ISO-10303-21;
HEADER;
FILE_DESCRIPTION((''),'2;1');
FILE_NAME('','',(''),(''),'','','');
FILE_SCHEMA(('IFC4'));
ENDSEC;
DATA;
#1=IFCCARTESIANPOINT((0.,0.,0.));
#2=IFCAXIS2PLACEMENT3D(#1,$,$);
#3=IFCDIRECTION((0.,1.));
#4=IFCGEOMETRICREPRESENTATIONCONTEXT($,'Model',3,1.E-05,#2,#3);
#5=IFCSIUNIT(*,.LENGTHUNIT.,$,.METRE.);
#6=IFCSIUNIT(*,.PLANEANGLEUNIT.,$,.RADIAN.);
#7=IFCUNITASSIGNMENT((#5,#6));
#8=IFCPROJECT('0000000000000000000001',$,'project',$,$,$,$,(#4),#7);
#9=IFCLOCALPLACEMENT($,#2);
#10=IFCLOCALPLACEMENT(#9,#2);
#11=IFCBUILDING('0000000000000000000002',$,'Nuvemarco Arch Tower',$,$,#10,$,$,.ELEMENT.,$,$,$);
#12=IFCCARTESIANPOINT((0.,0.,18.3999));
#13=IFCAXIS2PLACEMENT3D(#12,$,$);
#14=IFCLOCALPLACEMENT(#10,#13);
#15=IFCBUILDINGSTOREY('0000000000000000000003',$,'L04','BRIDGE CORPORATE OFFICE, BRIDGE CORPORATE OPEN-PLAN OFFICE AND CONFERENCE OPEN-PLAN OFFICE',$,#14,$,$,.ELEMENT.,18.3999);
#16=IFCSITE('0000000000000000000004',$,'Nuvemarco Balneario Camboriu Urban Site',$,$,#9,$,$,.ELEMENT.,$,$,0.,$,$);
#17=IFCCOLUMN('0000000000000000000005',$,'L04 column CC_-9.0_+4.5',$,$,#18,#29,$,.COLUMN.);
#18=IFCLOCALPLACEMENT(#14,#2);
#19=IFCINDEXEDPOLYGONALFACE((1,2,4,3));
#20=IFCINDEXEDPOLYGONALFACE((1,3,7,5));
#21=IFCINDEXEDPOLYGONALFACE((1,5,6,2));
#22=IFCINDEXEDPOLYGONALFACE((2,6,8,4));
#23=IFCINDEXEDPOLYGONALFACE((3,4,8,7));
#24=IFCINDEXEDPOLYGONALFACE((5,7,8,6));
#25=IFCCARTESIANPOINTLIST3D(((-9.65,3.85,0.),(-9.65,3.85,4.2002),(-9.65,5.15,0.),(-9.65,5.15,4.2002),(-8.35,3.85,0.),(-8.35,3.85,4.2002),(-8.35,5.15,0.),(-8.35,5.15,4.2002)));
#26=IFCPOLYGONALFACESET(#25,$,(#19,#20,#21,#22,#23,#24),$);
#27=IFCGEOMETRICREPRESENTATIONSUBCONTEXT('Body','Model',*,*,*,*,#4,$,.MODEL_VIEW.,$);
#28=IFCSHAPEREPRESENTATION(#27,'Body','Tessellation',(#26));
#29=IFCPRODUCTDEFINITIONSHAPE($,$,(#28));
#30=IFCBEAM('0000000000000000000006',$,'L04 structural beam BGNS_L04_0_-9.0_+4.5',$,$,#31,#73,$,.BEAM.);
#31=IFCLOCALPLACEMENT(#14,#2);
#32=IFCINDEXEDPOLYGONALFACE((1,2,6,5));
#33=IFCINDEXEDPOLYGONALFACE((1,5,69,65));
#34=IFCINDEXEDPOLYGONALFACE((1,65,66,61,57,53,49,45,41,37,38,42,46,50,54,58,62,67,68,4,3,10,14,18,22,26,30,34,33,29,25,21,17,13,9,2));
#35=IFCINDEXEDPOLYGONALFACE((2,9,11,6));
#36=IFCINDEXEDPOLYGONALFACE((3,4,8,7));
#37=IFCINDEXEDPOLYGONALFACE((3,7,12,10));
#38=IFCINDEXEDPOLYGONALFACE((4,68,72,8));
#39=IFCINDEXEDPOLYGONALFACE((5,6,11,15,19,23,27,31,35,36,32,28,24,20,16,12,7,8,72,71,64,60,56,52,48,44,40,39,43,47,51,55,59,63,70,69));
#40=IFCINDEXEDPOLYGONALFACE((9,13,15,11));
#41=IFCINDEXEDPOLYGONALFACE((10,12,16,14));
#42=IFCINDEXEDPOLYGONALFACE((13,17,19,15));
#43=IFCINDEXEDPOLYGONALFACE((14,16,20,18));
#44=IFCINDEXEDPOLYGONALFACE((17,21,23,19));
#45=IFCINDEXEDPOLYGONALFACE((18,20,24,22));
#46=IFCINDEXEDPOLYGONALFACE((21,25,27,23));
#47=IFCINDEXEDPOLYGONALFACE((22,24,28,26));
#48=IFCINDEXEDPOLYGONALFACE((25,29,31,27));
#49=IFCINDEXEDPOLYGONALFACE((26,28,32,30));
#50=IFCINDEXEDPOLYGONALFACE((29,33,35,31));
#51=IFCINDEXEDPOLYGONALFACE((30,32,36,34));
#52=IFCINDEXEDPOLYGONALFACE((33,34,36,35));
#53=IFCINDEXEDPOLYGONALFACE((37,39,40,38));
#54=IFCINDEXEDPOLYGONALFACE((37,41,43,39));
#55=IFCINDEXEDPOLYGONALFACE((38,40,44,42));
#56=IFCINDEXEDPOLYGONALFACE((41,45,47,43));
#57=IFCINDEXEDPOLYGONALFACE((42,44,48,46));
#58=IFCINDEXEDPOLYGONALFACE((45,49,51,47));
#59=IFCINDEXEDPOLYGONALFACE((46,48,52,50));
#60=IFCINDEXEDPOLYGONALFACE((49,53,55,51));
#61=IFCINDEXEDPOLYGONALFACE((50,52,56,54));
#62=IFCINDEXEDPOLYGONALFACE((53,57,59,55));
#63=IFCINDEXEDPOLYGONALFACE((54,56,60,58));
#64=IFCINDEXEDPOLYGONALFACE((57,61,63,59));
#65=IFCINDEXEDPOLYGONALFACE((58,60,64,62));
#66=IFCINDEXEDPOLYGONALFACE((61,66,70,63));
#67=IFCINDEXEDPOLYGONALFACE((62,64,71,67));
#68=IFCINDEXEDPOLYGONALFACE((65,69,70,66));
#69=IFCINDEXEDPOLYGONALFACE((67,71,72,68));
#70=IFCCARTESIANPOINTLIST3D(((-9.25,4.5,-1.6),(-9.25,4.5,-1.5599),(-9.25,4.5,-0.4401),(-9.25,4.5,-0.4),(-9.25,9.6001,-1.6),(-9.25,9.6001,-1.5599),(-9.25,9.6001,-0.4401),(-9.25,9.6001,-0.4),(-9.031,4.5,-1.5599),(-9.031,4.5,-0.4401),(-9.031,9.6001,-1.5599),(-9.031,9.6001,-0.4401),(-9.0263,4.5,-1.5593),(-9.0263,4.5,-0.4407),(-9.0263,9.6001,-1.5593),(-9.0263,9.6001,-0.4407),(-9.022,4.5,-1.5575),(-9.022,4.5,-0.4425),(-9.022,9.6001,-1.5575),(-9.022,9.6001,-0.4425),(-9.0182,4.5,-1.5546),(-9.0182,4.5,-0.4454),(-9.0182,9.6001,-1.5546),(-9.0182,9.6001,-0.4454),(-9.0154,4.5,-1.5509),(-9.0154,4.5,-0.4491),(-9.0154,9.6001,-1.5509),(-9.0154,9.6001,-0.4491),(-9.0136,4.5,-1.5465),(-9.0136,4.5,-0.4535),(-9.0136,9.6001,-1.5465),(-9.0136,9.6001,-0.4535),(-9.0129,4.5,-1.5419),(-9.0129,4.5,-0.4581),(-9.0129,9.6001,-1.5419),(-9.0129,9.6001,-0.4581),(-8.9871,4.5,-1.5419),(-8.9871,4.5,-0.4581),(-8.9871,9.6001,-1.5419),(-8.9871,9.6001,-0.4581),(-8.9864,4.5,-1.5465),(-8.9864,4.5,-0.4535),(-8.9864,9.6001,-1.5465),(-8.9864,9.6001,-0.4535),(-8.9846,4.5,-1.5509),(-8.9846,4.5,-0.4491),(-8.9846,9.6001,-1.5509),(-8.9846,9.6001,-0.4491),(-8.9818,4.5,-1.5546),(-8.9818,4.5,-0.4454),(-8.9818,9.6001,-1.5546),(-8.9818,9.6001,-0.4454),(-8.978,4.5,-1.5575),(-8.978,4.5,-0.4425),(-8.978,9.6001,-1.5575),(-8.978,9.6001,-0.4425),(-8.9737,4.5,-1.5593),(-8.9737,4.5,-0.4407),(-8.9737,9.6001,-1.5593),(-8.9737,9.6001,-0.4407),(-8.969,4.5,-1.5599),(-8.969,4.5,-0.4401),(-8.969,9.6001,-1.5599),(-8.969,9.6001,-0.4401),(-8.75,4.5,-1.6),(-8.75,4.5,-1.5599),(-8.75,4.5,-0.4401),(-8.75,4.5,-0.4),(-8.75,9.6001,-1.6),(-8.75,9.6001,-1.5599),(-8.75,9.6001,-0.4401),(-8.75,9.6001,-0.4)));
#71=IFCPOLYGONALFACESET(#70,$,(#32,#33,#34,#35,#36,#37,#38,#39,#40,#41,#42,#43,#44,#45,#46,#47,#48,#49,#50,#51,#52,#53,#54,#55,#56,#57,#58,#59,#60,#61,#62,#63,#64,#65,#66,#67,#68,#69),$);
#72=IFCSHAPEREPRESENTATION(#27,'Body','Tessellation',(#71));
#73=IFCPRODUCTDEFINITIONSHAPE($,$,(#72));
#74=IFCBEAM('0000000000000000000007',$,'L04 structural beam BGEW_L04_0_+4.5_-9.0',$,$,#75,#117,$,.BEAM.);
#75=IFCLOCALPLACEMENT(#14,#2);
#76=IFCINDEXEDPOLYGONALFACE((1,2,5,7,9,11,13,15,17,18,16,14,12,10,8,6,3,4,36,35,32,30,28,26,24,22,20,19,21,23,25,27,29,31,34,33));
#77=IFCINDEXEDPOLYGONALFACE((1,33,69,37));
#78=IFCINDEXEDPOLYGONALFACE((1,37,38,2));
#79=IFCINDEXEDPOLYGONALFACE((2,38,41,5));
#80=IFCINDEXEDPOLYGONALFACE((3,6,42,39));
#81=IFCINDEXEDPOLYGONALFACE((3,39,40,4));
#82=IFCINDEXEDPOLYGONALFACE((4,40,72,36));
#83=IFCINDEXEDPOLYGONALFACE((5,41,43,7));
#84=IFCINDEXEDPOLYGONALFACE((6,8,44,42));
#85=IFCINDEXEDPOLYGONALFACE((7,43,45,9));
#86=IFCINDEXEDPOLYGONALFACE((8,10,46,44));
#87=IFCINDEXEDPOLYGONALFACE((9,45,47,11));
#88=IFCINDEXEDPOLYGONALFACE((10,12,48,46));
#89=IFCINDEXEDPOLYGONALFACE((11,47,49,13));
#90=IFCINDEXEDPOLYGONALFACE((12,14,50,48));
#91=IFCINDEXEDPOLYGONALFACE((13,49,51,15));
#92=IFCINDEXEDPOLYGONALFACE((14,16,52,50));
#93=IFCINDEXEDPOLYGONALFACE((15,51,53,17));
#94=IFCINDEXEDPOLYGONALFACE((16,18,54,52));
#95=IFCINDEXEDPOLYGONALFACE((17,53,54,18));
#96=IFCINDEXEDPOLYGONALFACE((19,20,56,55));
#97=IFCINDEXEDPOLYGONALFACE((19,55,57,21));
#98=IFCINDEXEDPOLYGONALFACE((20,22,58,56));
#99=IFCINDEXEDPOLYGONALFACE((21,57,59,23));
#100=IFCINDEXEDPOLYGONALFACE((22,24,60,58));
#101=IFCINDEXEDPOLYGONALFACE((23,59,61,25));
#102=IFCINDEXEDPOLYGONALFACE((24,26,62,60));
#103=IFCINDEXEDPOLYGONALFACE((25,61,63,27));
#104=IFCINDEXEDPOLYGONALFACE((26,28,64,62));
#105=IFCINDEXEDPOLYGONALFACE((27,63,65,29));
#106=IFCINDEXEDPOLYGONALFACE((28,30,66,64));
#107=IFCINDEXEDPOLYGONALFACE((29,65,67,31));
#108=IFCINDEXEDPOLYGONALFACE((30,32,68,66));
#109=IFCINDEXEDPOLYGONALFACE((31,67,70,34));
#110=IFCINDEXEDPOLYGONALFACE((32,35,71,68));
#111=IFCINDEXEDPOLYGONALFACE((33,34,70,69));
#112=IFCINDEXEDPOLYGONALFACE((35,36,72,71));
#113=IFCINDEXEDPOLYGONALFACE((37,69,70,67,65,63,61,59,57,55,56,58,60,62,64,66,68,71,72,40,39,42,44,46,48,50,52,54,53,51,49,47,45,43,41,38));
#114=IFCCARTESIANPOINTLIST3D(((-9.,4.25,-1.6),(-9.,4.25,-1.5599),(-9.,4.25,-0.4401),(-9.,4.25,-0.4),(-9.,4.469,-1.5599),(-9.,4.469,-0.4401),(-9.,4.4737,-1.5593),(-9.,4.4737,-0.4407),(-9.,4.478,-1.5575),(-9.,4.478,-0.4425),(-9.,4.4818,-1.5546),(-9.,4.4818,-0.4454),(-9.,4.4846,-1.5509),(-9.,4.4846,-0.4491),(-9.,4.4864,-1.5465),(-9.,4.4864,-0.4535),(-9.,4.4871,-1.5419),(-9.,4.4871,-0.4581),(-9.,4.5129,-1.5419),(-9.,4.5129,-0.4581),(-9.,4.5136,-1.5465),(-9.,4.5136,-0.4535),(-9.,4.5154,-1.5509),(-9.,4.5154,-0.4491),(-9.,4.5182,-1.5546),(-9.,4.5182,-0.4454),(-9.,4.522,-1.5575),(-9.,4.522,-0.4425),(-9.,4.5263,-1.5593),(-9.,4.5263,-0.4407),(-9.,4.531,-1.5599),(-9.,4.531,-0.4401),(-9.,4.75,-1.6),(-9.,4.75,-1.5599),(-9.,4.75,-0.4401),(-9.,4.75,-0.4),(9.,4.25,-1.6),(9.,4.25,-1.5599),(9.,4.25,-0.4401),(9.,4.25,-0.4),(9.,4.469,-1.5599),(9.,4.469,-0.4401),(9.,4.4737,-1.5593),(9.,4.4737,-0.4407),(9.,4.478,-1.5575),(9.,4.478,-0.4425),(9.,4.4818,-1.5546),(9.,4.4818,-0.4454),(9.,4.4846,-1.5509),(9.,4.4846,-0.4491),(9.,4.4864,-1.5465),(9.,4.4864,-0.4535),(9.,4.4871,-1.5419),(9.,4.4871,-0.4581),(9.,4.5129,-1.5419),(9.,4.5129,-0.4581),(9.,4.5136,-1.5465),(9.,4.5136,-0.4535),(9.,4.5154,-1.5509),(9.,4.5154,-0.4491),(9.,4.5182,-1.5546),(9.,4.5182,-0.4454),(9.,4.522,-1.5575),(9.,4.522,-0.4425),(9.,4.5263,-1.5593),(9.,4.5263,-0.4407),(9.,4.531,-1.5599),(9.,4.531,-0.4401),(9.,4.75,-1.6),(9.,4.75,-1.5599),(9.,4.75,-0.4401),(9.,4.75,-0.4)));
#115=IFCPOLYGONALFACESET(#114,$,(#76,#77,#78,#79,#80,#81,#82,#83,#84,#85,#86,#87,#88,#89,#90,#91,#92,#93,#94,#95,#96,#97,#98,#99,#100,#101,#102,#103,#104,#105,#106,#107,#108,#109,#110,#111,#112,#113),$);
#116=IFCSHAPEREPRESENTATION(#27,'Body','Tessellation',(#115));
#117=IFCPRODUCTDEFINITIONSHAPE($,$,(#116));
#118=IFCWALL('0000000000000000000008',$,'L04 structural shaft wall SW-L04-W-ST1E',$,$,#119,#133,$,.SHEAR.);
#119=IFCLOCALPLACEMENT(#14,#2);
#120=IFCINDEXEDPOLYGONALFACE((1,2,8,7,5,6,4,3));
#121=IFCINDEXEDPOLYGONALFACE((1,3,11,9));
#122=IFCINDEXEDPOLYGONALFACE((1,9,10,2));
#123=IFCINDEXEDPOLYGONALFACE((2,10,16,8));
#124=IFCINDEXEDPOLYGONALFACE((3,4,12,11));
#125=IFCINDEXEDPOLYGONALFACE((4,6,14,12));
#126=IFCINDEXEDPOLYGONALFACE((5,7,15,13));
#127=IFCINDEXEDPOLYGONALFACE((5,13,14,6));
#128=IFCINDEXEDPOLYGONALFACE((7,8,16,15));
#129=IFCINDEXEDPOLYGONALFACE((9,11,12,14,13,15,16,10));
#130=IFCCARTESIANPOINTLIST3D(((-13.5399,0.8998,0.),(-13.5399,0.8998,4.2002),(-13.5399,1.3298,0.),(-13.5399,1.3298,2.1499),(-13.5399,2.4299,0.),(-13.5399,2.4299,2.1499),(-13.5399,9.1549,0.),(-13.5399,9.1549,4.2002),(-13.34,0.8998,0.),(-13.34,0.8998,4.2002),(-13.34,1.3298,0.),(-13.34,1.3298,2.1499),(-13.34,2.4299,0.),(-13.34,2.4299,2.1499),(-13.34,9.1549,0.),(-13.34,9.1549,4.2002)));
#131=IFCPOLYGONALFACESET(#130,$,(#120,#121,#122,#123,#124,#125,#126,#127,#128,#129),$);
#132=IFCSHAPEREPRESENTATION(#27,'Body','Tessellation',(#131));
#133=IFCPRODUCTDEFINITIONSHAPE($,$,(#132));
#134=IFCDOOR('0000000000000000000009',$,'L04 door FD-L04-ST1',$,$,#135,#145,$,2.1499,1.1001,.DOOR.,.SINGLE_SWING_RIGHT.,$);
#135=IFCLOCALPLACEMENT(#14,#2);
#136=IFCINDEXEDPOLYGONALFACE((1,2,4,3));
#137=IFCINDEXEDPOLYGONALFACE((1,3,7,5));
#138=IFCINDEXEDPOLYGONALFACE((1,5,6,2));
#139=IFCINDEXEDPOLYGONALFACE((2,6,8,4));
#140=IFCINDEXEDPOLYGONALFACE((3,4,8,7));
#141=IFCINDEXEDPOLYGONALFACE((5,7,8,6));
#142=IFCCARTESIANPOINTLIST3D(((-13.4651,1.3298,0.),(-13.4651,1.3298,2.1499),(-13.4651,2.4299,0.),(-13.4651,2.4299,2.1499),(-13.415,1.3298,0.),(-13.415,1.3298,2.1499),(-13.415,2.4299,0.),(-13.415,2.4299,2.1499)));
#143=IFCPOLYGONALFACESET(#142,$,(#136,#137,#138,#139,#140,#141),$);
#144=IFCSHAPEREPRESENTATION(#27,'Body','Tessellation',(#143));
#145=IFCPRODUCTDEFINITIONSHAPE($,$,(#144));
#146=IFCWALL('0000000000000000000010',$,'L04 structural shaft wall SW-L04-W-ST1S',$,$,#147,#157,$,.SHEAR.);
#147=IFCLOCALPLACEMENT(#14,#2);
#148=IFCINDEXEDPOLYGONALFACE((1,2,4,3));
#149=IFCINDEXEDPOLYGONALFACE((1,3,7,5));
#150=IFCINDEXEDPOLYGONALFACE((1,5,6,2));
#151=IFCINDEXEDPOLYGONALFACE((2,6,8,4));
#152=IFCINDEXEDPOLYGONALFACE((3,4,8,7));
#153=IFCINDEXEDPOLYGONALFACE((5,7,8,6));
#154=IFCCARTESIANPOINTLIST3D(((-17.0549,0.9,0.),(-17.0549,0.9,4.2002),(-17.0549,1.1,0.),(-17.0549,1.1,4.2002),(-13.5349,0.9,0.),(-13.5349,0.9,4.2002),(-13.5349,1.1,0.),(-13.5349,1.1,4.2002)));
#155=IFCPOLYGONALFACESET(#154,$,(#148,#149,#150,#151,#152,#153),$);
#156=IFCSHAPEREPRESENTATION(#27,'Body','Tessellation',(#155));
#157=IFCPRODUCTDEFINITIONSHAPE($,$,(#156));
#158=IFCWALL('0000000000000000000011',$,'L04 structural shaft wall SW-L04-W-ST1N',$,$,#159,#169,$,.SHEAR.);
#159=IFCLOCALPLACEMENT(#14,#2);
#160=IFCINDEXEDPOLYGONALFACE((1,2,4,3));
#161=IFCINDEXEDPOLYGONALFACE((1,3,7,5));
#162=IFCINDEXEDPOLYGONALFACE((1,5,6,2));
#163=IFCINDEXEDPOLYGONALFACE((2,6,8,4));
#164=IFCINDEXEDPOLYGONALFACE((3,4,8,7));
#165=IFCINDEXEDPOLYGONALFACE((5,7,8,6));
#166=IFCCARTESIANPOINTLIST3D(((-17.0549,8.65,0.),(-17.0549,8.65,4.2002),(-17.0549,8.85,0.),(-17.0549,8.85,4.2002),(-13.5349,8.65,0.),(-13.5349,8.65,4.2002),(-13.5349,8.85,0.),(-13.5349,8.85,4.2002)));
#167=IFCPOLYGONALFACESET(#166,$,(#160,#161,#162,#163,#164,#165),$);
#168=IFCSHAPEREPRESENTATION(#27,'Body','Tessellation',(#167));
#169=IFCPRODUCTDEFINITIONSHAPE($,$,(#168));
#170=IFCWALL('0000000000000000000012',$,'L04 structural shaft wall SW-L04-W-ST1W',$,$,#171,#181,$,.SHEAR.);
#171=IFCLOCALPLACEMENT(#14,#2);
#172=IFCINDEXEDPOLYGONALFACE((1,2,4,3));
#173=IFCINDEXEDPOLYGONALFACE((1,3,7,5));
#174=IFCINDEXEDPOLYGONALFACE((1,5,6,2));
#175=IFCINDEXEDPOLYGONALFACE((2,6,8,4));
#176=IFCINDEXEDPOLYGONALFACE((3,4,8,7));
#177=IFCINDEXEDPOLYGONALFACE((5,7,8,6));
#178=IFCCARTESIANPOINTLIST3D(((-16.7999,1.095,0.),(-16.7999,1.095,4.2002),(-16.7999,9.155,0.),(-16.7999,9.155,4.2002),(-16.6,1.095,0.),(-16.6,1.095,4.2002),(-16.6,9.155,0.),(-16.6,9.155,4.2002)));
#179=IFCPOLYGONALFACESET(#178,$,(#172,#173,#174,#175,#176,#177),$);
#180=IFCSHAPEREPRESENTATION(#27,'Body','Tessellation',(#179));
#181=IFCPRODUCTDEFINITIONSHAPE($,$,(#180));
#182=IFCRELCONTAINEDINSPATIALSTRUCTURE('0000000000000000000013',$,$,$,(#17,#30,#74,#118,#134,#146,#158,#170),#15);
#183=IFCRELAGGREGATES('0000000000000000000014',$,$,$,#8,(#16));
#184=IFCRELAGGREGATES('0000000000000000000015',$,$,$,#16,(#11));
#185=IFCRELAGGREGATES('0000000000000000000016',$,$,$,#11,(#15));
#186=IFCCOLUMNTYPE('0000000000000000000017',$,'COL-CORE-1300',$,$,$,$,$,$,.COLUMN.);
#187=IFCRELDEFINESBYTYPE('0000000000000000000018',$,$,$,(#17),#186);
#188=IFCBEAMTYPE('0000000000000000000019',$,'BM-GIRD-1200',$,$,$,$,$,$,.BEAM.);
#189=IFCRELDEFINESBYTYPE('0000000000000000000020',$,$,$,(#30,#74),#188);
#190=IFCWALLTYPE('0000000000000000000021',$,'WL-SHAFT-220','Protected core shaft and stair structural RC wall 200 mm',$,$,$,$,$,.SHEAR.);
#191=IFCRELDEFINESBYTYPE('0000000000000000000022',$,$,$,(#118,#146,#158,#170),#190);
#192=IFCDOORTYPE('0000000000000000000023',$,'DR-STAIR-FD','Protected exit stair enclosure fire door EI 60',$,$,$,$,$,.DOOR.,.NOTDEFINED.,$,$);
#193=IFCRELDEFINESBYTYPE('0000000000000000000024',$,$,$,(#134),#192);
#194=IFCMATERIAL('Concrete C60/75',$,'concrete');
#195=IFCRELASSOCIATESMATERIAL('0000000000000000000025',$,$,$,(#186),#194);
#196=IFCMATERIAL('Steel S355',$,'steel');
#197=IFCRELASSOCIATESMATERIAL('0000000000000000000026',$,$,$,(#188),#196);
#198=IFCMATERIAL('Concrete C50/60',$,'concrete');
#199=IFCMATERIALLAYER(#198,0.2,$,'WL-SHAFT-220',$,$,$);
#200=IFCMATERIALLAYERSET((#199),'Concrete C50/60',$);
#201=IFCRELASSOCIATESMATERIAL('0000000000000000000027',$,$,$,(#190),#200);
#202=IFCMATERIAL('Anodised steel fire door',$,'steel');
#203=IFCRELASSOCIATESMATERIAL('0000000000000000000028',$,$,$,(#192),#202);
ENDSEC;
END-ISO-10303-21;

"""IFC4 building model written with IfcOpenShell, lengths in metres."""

from ifc_helpers import new_model, si_unit, direction, frame, frame_2d, origin, origin_2d, place, context, subcontext, project, spatial, rectangle, i_section, extrude, source, transform, mapped, material, layer, layer_set, material_profile, profile_set, type_object, type_shapes, element, fill, save


model = new_model("IFC4")

# Units and contexts
model_context = context("Model", 3, precision=1e-05, world=origin(), true_north=direction((0.0, 1.0)))
body_context = subcontext(model_context, "Body", "Model", "MODEL_VIEW")
ifc_project = project(units=[si_unit("LENGTHUNIT", "METRE"), si_unit("PLANEANGLEUNIT", "RADIAN")], contexts=[model_context])

# Site, building, storey
site_placement = place(None, origin())
site = spatial("IfcSite", under=ifc_project, at=site_placement, Name="Nuvemarco Balneario Camboriu Urban Site", CompositionType="ELEMENT", RefElevation=0.0)
building_placement = place(site_placement, origin())
building = spatial("IfcBuilding", under=site, at=building_placement, Name="Nuvemarco Arch Tower", CompositionType="ELEMENT")
storey_placement = place(building_placement, frame((0.0, 0.0, 18.3999)))
storey = spatial("IfcBuildingStorey", under=building, at=storey_placement, Name="L04", Description="BRIDGE CORPORATE OFFICE, BRIDGE CORPORATE OPEN-PLAN OFFICE AND CONFERENCE OPEN-PLAN OFFICE", CompositionType="ELEMENT", Elevation=18.3999)

# Column
ifc_material_1 = material(Name="Concrete C60/75", Category="concrete")
ifc_material_profile_1 = material_profile(ifc_material_1, rectangle(XDim=1.3, YDim=1.3, at=origin_2d()), Name="RC-COL-1300x1300")
ifc_profile_set_1 = profile_set([ifc_material_profile_1], Name="Concrete C60/75")
column_type = type_object("IfcColumnType", Name="COL-CORE-1300", PredefinedType="COLUMN", material=ifc_profile_set_1)
column_placement = place(storey_placement, frame((-9.0, 4.5, 0.0), z_axis=(0.0, 0.0, 1.0), x_axis=(1.0, 0.0, 0.0)))
element("IfcColumn", 1, at=column_placement, inside=storey, type_object=column_type, Name="L04 column CC_-9.0_+4.5", PredefinedType="COLUMN", context=body_context, shape_type="SweptSolid", body=[
    extrude(rectangle(XDim=1.3, YDim=1.3, at=origin_2d()), origin(), (0.0, 0.0, 1.0), 4.2002),
])

# Beams
ifc_material_2 = material(Name="Steel S355", Category="steel")
ifc_material_profile_2 = material_profile(ifc_material_2, i_section(OverallWidth=0.5, OverallDepth=1.2, WebThickness=0.0259, FlangeThickness=0.04, FilletRadius=0.0181, at=origin_2d()), Name="PG1200x500")
ifc_profile_set_2 = profile_set([ifc_material_profile_2], Name="Steel S355")
beam_type = type_object("IfcBeamType", Name="BM-GIRD-1200", PredefinedType="BEAM", material=ifc_profile_set_2)
beam_1_placement = place(storey_placement, frame((-9.0, 4.5, -1.0), z_axis=(0.0, 1.0, 0.0), x_axis=(-1.0, 0.0, 0.0)))
element("IfcBeam", 2, at=beam_1_placement, inside=storey, type_object=beam_type, Name="L04 structural beam BGNS_L04_0_-9.0_+4.5", PredefinedType="BEAM", context=body_context, shape_type="SweptSolid", body=[
    extrude(i_section(OverallWidth=0.5, OverallDepth=1.2, WebThickness=0.0259, FlangeThickness=0.04, FilletRadius=0.0181, at=origin_2d()), origin(), (0.0, 0.0, 1.0), 5.1001),
])
beam_2_placement = place(storey_placement, frame((-9.0, 4.5, -1.0), z_axis=(1.0, 0.0, 0.0), x_axis=(0.0, 1.0, 0.0)))
element("IfcBeam", 3, at=beam_2_placement, inside=storey, type_object=beam_type, Name="L04 structural beam BGEW_L04_0_+4.5_-9.0", PredefinedType="BEAM", context=body_context, shape_type="SweptSolid", body=[
    extrude(i_section(OverallWidth=0.5, OverallDepth=1.2, WebThickness=0.0259, FlangeThickness=0.04, FilletRadius=0.0181, at=origin_2d()), origin(), (0.0, 0.0, 1.0), 18.0),
])

# Wall, opening, door
ifc_material_3 = material(Name="Concrete C50/60", Category="concrete")
ifc_layer = layer(ifc_material_3, 0.2, Name="WL-SHAFT-220")
ifc_layer_set = layer_set([ifc_layer], Name="Concrete C50/60")
wall_type = type_object("IfcWallType", Name="WL-SHAFT-220", Description="Protected core shaft and stair structural RC wall 200 mm", PredefinedType="SHEAR", material=ifc_layer_set)
wall_1_placement = place(storey_placement, frame((-13.4399, 0.8999, 0.0), z_axis=(0.0, 0.0, 1.0), x_axis=(0.0, 1.0, 0.0)))
wall_1 = element("IfcWall", 4, at=wall_1_placement, inside=storey, type_object=wall_type, Name="L04 structural shaft wall SW-L04-W-ST1E", PredefinedType="SHEAR", context=body_context, shape_type="SweptSolid", body=[
    extrude(rectangle(XDim=8.2551, YDim=0.2, at=frame_2d((4.1274, 0.0))), origin(), (0.0, 0.0, 1.0), 4.2002),
])
opening_placement = place(wall_1_placement, frame((1.53, 0.0, 0.0), z_axis=(0.0, 0.0, 1.0), x_axis=(-1.0, 0.0, 0.0)))
opening = element("IfcOpeningElement", 5, at=opening_placement, cuts=wall_1, PredefinedType="OPENING", context=body_context, shape_type="SweptSolid", body=[
    extrude(rectangle(XDim=1.1001, YDim=2.1499, at=frame_2d((0.55, 1.075))), frame((0.0, 0.1099, 0.0), z_axis=(0.0, -1.0, 0.0), x_axis=(1.0, 0.0, 0.0)), (0.0, 0.0, 1.0), 0.22),
])
ifc_material_4 = material(Name="Anodised steel fire door", Category="steel")
door_type = type_object("IfcDoorType", Name="DR-STAIR-FD", Description="Protected exit stair enclosure fire door EI 60", OperationType="NOTDEFINED", PredefinedType="DOOR", material=ifc_material_4)
shared_shape = source(origin(), body_context, "Body", "SweptSolid", [
    extrude(rectangle(XDim=1.1001, YDim=2.1499, at=frame_2d((0.55, 1.075))), frame((0.0, 0.0249, 0.0), z_axis=(0.0, -1.0, 0.0), x_axis=(1.0, 0.0, 0.0)), (0.0, 0.0, 1.0), 0.05),
])
type_shapes(door_type, [shared_shape])
door_placement = place(opening_placement, origin())
door = element("IfcDoor", 6, at=door_placement, inside=storey, type_object=door_type, Name="L04 door FD-L04-ST1", OperationType="SINGLE_SWING_RIGHT", OverallHeight=2.1499, OverallWidth=1.1001, PredefinedType="DOOR", context=body_context, shape_type="MappedRepresentation", body=[
    mapped(shared_shape, transform((0.0, 0.0, 0.0), scale=1.0)),
])
fill(opening, door)

# Walls
for number, where, z_axis, x_axis, name in (
    (7, (-17.0549, 1.0, 0.0), (0.0, 0.0, 1.0), (1.0, 0.0, 0.0), "L04 structural shaft wall SW-L04-W-ST1S"),
    (8, (-17.0549, 8.75, 0.0), (0.0, 0.0, 1.0), (1.0, 0.0, 0.0), "L04 structural shaft wall SW-L04-W-ST1N"),
):
    element("IfcWall", number, at=place(storey_placement, frame(where, z_axis=z_axis, x_axis=x_axis)), inside=storey, type_object=wall_type, Name=name, PredefinedType="SHEAR", context=body_context, shape_type="SweptSolid", body=[
        extrude(rectangle(XDim=3.52, YDim=0.2, at=frame_2d((1.76, 0.0))), origin(), (0.0, 0.0, 1.0), 4.2002),
    ])
wall_2_placement = place(storey_placement, frame((-16.7, 1.095, 0.0), z_axis=(0.0, 0.0, 1.0), x_axis=(0.0, 1.0, 0.0)))
element("IfcWall", 9, at=wall_2_placement, inside=storey, type_object=wall_type, Name="L04 structural shaft wall SW-L04-W-ST1W", PredefinedType="SHEAR", context=body_context, shape_type="SweptSolid", body=[
    extrude(rectangle(XDim=8.0601, YDim=0.2, at=frame_2d((4.03, 0.0))), origin(), (0.0, 0.0, 1.0), 4.2002),
])

save(model, "model.ifc")
